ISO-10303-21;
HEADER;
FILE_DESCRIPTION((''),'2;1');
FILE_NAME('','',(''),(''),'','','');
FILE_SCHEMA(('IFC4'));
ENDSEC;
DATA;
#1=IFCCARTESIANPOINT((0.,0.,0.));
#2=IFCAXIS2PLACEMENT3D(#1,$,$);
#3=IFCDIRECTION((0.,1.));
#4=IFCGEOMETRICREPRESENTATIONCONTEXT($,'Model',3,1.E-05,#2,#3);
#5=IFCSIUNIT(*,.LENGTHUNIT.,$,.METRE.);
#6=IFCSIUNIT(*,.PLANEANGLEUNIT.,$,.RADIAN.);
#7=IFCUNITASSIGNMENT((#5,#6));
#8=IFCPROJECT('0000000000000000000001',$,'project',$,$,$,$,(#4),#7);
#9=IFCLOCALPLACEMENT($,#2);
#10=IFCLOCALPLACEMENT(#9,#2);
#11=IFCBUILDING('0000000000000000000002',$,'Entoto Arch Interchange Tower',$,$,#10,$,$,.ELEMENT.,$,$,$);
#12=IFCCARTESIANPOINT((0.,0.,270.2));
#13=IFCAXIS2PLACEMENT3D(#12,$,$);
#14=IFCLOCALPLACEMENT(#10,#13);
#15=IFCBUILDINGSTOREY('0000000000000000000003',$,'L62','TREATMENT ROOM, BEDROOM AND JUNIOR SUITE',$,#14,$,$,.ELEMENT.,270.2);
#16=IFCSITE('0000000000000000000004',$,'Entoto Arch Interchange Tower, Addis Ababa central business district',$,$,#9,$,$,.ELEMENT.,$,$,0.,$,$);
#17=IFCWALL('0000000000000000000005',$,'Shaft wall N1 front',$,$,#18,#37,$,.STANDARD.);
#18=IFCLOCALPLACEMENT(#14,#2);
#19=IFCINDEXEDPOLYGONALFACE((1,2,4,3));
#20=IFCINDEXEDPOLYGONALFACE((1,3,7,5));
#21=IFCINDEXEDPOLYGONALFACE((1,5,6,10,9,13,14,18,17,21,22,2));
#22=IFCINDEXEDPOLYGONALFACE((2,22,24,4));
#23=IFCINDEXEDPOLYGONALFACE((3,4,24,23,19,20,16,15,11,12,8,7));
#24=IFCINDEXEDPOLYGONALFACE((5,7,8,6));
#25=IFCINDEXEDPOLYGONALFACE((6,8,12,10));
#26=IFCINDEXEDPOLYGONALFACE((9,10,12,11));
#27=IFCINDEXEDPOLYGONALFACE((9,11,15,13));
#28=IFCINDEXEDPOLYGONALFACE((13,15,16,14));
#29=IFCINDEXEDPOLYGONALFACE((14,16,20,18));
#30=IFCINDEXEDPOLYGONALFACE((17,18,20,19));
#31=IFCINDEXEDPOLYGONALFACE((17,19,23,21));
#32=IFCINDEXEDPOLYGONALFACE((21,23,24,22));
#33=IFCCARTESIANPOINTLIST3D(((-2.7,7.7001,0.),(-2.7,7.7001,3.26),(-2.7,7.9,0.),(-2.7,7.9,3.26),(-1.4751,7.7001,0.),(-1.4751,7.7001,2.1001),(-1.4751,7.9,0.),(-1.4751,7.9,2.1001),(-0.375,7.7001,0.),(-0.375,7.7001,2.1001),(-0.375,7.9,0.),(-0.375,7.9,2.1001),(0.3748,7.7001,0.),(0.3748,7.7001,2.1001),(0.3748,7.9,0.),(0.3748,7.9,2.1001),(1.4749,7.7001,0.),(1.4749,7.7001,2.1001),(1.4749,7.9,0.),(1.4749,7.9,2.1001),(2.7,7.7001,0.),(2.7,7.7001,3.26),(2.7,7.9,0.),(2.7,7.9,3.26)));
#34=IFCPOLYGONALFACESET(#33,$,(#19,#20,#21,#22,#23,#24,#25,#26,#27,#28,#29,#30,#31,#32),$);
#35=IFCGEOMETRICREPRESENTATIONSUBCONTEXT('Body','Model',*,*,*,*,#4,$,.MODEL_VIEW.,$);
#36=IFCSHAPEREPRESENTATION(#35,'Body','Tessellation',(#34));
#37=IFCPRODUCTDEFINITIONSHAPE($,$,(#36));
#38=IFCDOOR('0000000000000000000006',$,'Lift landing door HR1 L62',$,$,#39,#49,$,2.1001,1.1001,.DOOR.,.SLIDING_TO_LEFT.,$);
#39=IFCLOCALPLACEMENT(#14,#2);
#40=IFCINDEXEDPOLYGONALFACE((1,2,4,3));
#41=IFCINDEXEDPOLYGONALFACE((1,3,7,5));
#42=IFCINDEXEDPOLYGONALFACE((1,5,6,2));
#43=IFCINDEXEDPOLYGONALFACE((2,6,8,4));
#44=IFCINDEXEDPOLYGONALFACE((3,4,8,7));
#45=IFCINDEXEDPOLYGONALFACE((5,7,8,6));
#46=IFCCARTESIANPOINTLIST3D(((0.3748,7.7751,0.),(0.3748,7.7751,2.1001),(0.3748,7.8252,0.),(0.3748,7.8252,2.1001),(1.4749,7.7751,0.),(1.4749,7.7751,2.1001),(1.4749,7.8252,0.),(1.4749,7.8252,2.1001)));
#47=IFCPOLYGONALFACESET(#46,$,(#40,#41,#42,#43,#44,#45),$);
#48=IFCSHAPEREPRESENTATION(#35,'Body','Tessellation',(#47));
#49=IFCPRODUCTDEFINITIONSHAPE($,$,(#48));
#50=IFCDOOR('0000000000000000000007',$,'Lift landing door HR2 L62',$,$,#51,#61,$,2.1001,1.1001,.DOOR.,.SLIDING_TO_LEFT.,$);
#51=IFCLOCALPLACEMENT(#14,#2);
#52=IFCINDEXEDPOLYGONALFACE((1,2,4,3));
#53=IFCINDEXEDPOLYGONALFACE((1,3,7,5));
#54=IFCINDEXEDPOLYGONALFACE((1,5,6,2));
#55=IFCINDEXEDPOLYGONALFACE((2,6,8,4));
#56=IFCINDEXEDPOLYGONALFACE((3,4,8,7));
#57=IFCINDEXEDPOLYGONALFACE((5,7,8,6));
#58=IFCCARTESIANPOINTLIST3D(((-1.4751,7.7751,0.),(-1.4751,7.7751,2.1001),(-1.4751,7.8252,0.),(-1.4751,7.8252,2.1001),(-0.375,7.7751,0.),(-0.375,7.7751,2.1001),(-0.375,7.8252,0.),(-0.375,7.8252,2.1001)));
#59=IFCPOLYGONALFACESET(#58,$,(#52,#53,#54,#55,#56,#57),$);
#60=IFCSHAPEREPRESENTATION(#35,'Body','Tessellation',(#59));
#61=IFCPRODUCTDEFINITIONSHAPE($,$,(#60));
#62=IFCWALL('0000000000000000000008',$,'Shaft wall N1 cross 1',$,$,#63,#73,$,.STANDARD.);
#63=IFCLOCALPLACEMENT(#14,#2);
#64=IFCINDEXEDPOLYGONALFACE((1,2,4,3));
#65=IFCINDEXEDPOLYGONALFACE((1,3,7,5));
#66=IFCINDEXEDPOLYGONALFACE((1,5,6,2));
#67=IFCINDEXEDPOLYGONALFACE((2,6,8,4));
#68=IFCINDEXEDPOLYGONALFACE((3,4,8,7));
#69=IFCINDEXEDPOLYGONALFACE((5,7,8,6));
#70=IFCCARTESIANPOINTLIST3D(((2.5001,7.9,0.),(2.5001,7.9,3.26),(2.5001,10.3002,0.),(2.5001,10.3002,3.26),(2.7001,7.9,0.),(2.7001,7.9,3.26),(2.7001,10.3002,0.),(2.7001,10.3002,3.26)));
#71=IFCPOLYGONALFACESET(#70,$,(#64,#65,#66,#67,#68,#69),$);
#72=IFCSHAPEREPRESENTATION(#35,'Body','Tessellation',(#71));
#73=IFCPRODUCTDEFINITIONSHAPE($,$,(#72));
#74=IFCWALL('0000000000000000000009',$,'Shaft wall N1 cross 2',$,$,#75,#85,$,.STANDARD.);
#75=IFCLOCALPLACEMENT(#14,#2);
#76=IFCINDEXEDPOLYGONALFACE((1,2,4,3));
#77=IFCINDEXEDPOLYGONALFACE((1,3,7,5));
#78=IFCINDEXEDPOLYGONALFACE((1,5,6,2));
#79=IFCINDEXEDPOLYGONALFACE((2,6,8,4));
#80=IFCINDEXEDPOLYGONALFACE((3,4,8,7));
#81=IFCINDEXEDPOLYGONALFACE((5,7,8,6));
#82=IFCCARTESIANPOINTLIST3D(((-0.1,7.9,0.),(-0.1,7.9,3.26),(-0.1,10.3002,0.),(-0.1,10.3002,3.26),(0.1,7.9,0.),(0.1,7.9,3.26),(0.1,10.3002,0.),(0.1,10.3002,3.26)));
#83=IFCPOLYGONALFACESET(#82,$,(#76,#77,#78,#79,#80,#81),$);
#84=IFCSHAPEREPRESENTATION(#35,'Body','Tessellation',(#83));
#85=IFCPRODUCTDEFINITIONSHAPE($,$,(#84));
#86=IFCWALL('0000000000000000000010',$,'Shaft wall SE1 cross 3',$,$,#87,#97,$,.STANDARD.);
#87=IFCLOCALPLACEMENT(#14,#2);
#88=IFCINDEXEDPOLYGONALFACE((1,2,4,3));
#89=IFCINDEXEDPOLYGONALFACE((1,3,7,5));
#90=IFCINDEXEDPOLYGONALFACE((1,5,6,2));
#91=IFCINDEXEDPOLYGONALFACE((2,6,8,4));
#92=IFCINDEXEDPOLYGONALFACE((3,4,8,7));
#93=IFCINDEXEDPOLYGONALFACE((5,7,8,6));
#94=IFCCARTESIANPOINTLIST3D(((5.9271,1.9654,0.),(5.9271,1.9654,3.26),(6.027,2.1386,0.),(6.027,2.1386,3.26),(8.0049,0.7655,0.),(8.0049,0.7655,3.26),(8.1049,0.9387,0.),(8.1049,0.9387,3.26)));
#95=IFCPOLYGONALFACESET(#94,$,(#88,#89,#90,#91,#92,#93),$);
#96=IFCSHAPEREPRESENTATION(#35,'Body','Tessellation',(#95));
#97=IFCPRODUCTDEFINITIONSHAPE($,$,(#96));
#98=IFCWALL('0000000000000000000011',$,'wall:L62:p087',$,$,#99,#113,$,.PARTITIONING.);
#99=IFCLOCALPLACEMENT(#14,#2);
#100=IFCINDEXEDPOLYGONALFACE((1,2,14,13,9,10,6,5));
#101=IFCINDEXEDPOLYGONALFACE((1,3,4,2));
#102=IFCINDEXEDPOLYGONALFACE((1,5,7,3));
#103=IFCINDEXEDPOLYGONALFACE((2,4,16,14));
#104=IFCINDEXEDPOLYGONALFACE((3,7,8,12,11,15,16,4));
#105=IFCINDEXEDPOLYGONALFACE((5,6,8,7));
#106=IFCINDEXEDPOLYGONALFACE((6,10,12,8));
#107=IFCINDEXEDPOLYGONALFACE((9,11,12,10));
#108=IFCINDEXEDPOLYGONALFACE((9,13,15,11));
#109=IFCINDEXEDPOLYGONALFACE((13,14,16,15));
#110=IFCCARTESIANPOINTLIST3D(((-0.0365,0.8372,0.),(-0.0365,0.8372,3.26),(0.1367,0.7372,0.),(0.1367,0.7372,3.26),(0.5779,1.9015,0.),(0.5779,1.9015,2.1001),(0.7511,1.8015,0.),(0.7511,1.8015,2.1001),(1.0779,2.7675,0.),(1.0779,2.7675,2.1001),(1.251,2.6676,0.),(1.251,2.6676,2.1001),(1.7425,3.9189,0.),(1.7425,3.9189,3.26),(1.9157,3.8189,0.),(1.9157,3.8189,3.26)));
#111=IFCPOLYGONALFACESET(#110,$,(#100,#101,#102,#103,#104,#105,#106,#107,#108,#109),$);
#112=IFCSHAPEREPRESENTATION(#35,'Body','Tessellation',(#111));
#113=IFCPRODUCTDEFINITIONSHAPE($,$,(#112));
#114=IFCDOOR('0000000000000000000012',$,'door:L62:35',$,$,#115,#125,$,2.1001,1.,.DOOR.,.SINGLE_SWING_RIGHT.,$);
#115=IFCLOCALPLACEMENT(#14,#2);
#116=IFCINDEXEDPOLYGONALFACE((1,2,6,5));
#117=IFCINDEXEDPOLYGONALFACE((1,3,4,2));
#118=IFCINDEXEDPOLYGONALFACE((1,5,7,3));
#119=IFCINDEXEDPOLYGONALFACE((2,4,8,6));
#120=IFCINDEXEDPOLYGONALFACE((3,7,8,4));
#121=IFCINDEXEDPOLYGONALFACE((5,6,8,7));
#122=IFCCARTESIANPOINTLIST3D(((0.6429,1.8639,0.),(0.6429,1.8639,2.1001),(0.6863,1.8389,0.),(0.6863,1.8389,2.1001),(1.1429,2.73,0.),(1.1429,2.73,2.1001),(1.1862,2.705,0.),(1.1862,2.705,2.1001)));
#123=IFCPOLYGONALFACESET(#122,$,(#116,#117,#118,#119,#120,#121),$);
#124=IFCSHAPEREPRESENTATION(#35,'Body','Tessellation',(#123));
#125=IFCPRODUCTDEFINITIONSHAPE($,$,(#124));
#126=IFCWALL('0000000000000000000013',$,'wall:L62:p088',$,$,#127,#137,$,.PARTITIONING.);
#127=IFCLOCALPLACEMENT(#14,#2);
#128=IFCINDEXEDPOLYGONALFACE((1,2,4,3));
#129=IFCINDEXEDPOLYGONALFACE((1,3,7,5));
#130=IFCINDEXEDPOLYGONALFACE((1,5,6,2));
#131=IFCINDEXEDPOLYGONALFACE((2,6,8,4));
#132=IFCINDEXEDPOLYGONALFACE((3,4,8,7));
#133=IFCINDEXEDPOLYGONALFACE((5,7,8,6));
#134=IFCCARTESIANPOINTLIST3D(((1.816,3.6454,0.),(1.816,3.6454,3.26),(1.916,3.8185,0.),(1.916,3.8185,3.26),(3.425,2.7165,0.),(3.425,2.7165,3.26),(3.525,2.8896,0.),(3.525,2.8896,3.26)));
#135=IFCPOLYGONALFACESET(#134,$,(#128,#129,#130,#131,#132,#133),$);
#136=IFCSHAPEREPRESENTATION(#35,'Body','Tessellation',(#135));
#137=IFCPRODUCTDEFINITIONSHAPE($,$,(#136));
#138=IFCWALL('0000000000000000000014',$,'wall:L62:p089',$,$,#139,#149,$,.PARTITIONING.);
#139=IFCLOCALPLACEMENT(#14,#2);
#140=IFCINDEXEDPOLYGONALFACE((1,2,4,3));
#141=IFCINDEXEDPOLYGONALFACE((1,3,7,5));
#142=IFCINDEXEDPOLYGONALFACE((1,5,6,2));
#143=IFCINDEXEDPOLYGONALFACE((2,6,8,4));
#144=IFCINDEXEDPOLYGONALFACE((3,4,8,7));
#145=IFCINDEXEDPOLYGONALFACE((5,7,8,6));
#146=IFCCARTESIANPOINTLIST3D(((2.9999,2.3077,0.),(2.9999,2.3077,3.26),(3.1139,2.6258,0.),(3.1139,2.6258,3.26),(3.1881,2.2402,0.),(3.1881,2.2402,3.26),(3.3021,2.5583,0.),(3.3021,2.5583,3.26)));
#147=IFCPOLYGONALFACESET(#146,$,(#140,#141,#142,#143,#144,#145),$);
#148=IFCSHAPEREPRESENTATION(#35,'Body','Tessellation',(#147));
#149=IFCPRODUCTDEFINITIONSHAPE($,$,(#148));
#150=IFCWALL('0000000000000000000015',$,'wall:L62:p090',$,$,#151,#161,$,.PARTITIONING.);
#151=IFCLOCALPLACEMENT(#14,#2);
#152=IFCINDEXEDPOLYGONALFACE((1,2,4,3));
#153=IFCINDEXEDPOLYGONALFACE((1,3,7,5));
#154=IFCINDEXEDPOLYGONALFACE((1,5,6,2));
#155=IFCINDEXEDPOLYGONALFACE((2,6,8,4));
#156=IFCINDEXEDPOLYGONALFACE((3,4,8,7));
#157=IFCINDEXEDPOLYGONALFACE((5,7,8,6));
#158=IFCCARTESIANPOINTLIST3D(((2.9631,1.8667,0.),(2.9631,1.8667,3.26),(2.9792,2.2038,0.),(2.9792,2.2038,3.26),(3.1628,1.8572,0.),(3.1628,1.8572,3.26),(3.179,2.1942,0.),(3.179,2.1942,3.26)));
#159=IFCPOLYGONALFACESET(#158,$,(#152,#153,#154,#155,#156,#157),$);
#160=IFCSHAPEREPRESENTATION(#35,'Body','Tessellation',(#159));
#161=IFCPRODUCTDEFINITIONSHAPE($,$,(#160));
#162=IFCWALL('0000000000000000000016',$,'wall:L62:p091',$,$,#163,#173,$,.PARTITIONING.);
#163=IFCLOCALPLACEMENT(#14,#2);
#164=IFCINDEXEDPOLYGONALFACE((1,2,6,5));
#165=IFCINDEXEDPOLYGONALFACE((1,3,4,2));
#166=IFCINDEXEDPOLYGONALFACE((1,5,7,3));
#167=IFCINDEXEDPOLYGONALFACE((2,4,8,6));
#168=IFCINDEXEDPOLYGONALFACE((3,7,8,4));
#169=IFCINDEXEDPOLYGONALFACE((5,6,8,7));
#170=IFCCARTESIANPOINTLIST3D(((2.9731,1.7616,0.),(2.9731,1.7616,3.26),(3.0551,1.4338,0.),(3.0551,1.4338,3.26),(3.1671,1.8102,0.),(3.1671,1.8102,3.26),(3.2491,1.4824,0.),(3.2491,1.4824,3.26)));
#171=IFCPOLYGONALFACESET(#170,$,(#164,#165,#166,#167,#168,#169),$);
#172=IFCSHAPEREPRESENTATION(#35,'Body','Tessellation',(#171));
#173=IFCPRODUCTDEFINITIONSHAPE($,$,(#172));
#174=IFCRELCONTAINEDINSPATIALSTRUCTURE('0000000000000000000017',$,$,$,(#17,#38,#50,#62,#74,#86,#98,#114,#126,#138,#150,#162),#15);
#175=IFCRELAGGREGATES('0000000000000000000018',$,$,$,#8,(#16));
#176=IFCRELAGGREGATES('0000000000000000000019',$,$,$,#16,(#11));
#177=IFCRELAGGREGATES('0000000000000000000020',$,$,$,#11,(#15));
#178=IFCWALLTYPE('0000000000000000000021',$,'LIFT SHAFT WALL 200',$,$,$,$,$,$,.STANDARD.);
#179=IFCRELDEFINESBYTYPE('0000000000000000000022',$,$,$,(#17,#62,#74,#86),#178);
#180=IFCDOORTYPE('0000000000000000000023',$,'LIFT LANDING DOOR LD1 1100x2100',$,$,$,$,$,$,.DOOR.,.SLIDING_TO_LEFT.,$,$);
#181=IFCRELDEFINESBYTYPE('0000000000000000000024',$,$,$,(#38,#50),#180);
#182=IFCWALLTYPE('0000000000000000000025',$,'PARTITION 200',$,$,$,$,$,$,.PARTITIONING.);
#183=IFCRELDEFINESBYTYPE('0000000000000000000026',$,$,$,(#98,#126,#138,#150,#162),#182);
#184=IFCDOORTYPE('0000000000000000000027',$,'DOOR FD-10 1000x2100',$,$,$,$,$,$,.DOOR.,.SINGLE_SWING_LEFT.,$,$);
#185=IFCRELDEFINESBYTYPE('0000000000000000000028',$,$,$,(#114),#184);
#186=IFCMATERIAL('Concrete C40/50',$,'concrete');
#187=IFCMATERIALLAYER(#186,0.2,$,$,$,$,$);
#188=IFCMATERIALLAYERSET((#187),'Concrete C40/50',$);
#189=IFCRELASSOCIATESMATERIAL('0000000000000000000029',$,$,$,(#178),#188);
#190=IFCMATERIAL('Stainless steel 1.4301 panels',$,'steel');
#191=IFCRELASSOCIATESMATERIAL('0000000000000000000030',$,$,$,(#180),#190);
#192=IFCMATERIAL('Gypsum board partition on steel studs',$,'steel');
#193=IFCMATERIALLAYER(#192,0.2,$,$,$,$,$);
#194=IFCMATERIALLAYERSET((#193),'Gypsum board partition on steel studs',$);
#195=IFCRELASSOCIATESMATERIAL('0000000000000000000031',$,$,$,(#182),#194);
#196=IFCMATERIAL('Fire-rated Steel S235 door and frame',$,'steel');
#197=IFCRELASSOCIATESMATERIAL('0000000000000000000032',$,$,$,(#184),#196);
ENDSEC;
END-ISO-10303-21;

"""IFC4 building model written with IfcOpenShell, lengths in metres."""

from ifc_helpers import new_model, si_unit, direction, frame, frame_2d, origin, place, context, subcontext, project, spatial, rectangle, extrude, material, layer, layer_set, type_object, element, fill, save


model = new_model("IFC4")

# Units and contexts
model_context = context("Model", 3, precision=1e-05, world=origin(), true_north=direction((0.0, 1.0)))
body_context = subcontext(model_context, "Body", "Model", "MODEL_VIEW")
ifc_project = project(units=[si_unit("LENGTHUNIT", "METRE"), si_unit("PLANEANGLEUNIT", "RADIAN")], contexts=[model_context])

# Site, building, storey
site_placement = place(None, origin())
site = spatial("IfcSite", under=ifc_project, at=site_placement, Name="Entoto Arch Interchange Tower, Addis Ababa central business district", CompositionType="ELEMENT", RefElevation=0.0)
building_placement = place(site_placement, origin())
building = spatial("IfcBuilding", under=site, at=building_placement, Name="Entoto Arch Interchange Tower", CompositionType="ELEMENT")
storey_placement = place(building_placement, frame((0.0, 0.0, 270.2)))
storey = spatial("IfcBuildingStorey", under=building, at=storey_placement, Name="L62", Description="TREATMENT ROOM, BEDROOM AND JUNIOR SUITE", CompositionType="ELEMENT", Elevation=270.2)

# Wall, openings, doors
ifc_material_1 = material(Name="Concrete C40/50", Category="concrete")
ifc_layer_1 = layer(ifc_material_1, 0.2)
ifc_layer_set_1 = layer_set([ifc_layer_1], Name="Concrete C40/50")
wall_type_1 = type_object("IfcWallType", Name="LIFT SHAFT WALL 200", PredefinedType="STANDARD", material=ifc_layer_set_1)
wall_1_placement = place(storey_placement, frame((2.7, 7.8, 0.0), z_axis=(0.0, 0.0, 1.0), x_axis=(-1.0, 0.0, 0.0)))
wall_1 = element("IfcWall", 1, at=wall_1_placement, inside=storey, type_object=wall_type_1, Name="Shaft wall N1 front", PredefinedType="STANDARD", context=body_context, shape_type="SweptSolid", body=[
    extrude(rectangle(XDim=5.3999, YDim=0.2, at=frame_2d((2.7, 0.0))), origin(), (0.0, 0.0, 1.0), 3.26),
])
opening_1_placement = place(wall_1_placement, frame((1.2251, 0.0, 0.0)))
opening_1 = element("IfcOpeningElement", 2, at=opening_1_placement, cuts=wall_1, PredefinedType="OPENING", context=body_context, shape_type="SweptSolid", body=[
    extrude(rectangle(XDim=1.1001, YDim=2.1001, at=frame_2d((0.55, 1.05))), frame((0.0, 0.1099, 0.0), z_axis=(0.0, -1.0, 0.0), x_axis=(1.0, 0.0, 0.0)), (0.0, 0.0, 1.0), 0.22),
])
opening_2_placement = place(wall_1_placement, frame((3.075, 0.0, 0.0)))
opening_2 = element("IfcOpeningElement", 3, at=opening_2_placement, cuts=wall_1, PredefinedType="OPENING", context=body_context, shape_type="SweptSolid", body=[
    extrude(rectangle(XDim=1.1001, YDim=2.1001, at=frame_2d((0.55, 1.05))), frame((0.0, 0.1099, 0.0), z_axis=(0.0, -1.0, 0.0), x_axis=(1.0, 0.0, 0.0)), (0.0, 0.0, 1.0), 0.22),
])
ifc_material_2 = material(Name="Stainless steel 1.4301 panels", Category="steel")
door_type_1 = type_object("IfcDoorType", Name="LIFT LANDING DOOR LD1 1100x2100", OperationType="SLIDING_TO_LEFT", PredefinedType="DOOR", material=ifc_material_2)
door_1_placement = place(opening_1_placement, origin())
door_1 = element("IfcDoor", 4, at=door_1_placement, inside=storey, type_object=door_type_1, Name="Lift landing door HR1 L62", OperationType="SLIDING_TO_LEFT", OverallHeight=2.1001, OverallWidth=1.1001, PredefinedType="DOOR", context=body_context, shape_type="SweptSolid", body=[
    extrude(rectangle(XDim=1.1001, YDim=2.1001, at=frame_2d((0.55, 1.05))), frame((0.0, 0.0249, 0.0), z_axis=(0.0, -1.0, 0.0), x_axis=(1.0, 0.0, 0.0)), (0.0, 0.0, 1.0), 0.05),
])
fill(opening_1, door_1)
door_2_placement = place(opening_2_placement, origin())
door_2 = element("IfcDoor", 5, at=door_2_placement, inside=storey, type_object=door_type_1, Name="Lift landing door HR2 L62", OperationType="SLIDING_TO_LEFT", OverallHeight=2.1001, OverallWidth=1.1001, PredefinedType="DOOR", context=body_context, shape_type="SweptSolid", body=[
    extrude(rectangle(XDim=1.1001, YDim=2.1001, at=frame_2d((0.55, 1.05))), frame((0.0, 0.0249, 0.0), z_axis=(0.0, -1.0, 0.0), x_axis=(1.0, 0.0, 0.0)), (0.0, 0.0, 1.0), 0.05),
])
fill(opening_2, door_2)

# Walls
for number, where, z_axis, x_axis, name in (
    (6, (2.6001, 7.8999, 0.0), (0.0, 0.0, 1.0), (0.0, 1.0, 0.0), "Shaft wall N1 cross 1"),
    (7, (0.0, 7.8999, 0.0), (0.0, 0.0, 1.0), (0.0, 1.0, 0.0), "Shaft wall N1 cross 2"),
):
    element("IfcWall", number, at=place(storey_placement, frame(where, z_axis=z_axis, x_axis=x_axis)), inside=storey, type_object=wall_type_1, Name=name, PredefinedType="STANDARD", context=body_context, shape_type="SweptSolid", body=[
        extrude(rectangle(XDim=2.4001, YDim=0.2, at=frame_2d((1.2002, 0.0))), origin(), (0.0, 0.0, 1.0), 3.26),
    ])
wall_2_placement = place(storey_placement, frame((5.9771, 2.052, 0.0), z_axis=(0.0, 0.0, 1.0), x_axis=(0.865974, -0.500089, 0.0)))
element("IfcWall", 8, at=wall_2_placement, inside=storey, type_object=wall_type_1, Name="Shaft wall SE1 cross 3", PredefinedType="STANDARD", context=body_context, shape_type="SweptSolid", body=[
    extrude(rectangle(XDim=2.3994, YDim=0.2, at=frame_2d((1.1997, 0.0))), origin(), (0.0, 0.0, 1.0), 3.26),
])

# Wall, opening, door
ifc_material_3 = material(Name="Gypsum board partition on steel studs", Category="steel")
ifc_layer_2 = layer(ifc_material_3, 0.2)
ifc_layer_set_2 = layer_set([ifc_layer_2], Name="Gypsum board partition on steel studs")
wall_type_2 = type_object("IfcWallType", Name="PARTITION 200", PredefinedType="PARTITIONING", material=ifc_layer_set_2)
wall_3_placement = place(storey_placement, frame((0.05, 0.7871, 0.0), z_axis=(0.0, 0.0, 1.0), x_axis=(0.499954, 0.866052, 0.0)))
wall_3 = element("IfcWall", 9, at=wall_3_placement, inside=storey, type_object=wall_type_2, Name="wall:L62:p087", PredefinedType="PARTITIONING", context=body_context, shape_type="SweptSolid", body=[
    extrude(rectangle(XDim=3.5583, YDim=0.2, at=frame_2d((1.7793, 0.0))), origin(), (0.0, 0.0, 1.0), 3.26),
])
opening_3_placement = place(wall_3_placement, frame((1.229, 0.0, 0.0)))
opening_3 = element("IfcOpeningElement", 10, at=opening_3_placement, cuts=wall_3, PredefinedType="OPENING", context=body_context, shape_type="SweptSolid", body=[
    extrude(rectangle(XDim=1.0, YDim=2.1001, at=frame_2d((0.5, 1.05))), frame((0.0, 0.1099, 0.0), z_axis=(0.0, -1.0, 0.0), x_axis=(1.0, 0.0, 0.0)), (0.0, 0.0, 1.0), 0.22),
])
ifc_material_4 = material(Name="Fire-rated Steel S235 door and frame", Category="steel")
door_type_2 = type_object("IfcDoorType", Name="DOOR FD-10 1000x2100", OperationType="SINGLE_SWING_LEFT", PredefinedType="DOOR", material=ifc_material_4)
door_3_placement = place(opening_3_placement, origin())
door_3 = element("IfcDoor", 11, at=door_3_placement, inside=storey, type_object=door_type_2, Name="door:L62:35", OperationType="SINGLE_SWING_RIGHT", OverallHeight=2.1001, OverallWidth=1.0, PredefinedType="DOOR", context=body_context, shape_type="SweptSolid", body=[
    extrude(rectangle(XDim=1.0, YDim=2.1001, at=frame_2d((0.5, 1.05))), frame((0.0, 0.0249, 0.0), z_axis=(0.0, -1.0, 0.0), x_axis=(1.0, 0.0, 0.0)), (0.0, 0.0, 1.0), 0.05),
])
fill(opening_3, door_3)

# Walls
wall_4_placement = place(storey_placement, frame((1.866, 3.7319, 0.0), z_axis=(0.0, 0.0, 1.0), x_axis=(0.866043, -0.499969, 0.0)))
element("IfcWall", 12, at=wall_4_placement, inside=storey, type_object=wall_type_2, Name="wall:L62:p088", PredefinedType="PARTITIONING", context=body_context, shape_type="SweptSolid", body=[
    extrude(rectangle(XDim=1.8579, YDim=0.2, at=frame_2d((0.929, 0.0))), origin(), (0.0, 0.0, 1.0), 3.26),
])
wall_5_placement = place(storey_placement, frame((3.208, 2.592, 0.0), z_axis=(0.0, 0.0, 1.0), x_axis=(-0.337389, -0.941365, 0.0)))
element("IfcWall", 13, at=wall_5_placement, inside=storey, type_object=wall_type_2, Name="wall:L62:p089", PredefinedType="PARTITIONING", context=body_context, shape_type="SweptSolid", body=[
    extrude(rectangle(XDim=0.3379, YDim=0.2, at=frame_2d((0.1689, 0.0))), origin(), (0.0, 0.0, 1.0), 3.26),
])
wall_6_placement = place(storey_placement, frame((3.0791, 2.199, 0.0), z_axis=(0.0, 0.0, 1.0), x_axis=(-0.047771, -0.998858, 0.0)))
element("IfcWall", 14, at=wall_6_placement, inside=storey, type_object=wall_type_2, Name="wall:L62:p090", PredefinedType="PARTITIONING", context=body_context, shape_type="SweptSolid", body=[
    extrude(rectangle(XDim=0.3374, YDim=0.2, at=frame_2d((0.1687, 0.0))), origin(), (0.0, 0.0, 1.0), 3.26),
])
wall_7_placement = place(storey_placement, frame((3.0701, 1.7859, 0.0), z_axis=(0.0, 0.0, 1.0), x_axis=(0.242706, -0.9701, 0.0)))
element("IfcWall", 15, at=wall_7_placement, inside=storey, type_object=wall_type_2, Name="wall:L62:p091", PredefinedType="PARTITIONING", context=body_context, shape_type="SweptSolid", body=[
    extrude(rectangle(XDim=0.3379, YDim=0.2, at=frame_2d((0.1689, 0.0))), origin(), (0.0, 0.0, 1.0), 3.26),
])

save(model, "model.ifc")
